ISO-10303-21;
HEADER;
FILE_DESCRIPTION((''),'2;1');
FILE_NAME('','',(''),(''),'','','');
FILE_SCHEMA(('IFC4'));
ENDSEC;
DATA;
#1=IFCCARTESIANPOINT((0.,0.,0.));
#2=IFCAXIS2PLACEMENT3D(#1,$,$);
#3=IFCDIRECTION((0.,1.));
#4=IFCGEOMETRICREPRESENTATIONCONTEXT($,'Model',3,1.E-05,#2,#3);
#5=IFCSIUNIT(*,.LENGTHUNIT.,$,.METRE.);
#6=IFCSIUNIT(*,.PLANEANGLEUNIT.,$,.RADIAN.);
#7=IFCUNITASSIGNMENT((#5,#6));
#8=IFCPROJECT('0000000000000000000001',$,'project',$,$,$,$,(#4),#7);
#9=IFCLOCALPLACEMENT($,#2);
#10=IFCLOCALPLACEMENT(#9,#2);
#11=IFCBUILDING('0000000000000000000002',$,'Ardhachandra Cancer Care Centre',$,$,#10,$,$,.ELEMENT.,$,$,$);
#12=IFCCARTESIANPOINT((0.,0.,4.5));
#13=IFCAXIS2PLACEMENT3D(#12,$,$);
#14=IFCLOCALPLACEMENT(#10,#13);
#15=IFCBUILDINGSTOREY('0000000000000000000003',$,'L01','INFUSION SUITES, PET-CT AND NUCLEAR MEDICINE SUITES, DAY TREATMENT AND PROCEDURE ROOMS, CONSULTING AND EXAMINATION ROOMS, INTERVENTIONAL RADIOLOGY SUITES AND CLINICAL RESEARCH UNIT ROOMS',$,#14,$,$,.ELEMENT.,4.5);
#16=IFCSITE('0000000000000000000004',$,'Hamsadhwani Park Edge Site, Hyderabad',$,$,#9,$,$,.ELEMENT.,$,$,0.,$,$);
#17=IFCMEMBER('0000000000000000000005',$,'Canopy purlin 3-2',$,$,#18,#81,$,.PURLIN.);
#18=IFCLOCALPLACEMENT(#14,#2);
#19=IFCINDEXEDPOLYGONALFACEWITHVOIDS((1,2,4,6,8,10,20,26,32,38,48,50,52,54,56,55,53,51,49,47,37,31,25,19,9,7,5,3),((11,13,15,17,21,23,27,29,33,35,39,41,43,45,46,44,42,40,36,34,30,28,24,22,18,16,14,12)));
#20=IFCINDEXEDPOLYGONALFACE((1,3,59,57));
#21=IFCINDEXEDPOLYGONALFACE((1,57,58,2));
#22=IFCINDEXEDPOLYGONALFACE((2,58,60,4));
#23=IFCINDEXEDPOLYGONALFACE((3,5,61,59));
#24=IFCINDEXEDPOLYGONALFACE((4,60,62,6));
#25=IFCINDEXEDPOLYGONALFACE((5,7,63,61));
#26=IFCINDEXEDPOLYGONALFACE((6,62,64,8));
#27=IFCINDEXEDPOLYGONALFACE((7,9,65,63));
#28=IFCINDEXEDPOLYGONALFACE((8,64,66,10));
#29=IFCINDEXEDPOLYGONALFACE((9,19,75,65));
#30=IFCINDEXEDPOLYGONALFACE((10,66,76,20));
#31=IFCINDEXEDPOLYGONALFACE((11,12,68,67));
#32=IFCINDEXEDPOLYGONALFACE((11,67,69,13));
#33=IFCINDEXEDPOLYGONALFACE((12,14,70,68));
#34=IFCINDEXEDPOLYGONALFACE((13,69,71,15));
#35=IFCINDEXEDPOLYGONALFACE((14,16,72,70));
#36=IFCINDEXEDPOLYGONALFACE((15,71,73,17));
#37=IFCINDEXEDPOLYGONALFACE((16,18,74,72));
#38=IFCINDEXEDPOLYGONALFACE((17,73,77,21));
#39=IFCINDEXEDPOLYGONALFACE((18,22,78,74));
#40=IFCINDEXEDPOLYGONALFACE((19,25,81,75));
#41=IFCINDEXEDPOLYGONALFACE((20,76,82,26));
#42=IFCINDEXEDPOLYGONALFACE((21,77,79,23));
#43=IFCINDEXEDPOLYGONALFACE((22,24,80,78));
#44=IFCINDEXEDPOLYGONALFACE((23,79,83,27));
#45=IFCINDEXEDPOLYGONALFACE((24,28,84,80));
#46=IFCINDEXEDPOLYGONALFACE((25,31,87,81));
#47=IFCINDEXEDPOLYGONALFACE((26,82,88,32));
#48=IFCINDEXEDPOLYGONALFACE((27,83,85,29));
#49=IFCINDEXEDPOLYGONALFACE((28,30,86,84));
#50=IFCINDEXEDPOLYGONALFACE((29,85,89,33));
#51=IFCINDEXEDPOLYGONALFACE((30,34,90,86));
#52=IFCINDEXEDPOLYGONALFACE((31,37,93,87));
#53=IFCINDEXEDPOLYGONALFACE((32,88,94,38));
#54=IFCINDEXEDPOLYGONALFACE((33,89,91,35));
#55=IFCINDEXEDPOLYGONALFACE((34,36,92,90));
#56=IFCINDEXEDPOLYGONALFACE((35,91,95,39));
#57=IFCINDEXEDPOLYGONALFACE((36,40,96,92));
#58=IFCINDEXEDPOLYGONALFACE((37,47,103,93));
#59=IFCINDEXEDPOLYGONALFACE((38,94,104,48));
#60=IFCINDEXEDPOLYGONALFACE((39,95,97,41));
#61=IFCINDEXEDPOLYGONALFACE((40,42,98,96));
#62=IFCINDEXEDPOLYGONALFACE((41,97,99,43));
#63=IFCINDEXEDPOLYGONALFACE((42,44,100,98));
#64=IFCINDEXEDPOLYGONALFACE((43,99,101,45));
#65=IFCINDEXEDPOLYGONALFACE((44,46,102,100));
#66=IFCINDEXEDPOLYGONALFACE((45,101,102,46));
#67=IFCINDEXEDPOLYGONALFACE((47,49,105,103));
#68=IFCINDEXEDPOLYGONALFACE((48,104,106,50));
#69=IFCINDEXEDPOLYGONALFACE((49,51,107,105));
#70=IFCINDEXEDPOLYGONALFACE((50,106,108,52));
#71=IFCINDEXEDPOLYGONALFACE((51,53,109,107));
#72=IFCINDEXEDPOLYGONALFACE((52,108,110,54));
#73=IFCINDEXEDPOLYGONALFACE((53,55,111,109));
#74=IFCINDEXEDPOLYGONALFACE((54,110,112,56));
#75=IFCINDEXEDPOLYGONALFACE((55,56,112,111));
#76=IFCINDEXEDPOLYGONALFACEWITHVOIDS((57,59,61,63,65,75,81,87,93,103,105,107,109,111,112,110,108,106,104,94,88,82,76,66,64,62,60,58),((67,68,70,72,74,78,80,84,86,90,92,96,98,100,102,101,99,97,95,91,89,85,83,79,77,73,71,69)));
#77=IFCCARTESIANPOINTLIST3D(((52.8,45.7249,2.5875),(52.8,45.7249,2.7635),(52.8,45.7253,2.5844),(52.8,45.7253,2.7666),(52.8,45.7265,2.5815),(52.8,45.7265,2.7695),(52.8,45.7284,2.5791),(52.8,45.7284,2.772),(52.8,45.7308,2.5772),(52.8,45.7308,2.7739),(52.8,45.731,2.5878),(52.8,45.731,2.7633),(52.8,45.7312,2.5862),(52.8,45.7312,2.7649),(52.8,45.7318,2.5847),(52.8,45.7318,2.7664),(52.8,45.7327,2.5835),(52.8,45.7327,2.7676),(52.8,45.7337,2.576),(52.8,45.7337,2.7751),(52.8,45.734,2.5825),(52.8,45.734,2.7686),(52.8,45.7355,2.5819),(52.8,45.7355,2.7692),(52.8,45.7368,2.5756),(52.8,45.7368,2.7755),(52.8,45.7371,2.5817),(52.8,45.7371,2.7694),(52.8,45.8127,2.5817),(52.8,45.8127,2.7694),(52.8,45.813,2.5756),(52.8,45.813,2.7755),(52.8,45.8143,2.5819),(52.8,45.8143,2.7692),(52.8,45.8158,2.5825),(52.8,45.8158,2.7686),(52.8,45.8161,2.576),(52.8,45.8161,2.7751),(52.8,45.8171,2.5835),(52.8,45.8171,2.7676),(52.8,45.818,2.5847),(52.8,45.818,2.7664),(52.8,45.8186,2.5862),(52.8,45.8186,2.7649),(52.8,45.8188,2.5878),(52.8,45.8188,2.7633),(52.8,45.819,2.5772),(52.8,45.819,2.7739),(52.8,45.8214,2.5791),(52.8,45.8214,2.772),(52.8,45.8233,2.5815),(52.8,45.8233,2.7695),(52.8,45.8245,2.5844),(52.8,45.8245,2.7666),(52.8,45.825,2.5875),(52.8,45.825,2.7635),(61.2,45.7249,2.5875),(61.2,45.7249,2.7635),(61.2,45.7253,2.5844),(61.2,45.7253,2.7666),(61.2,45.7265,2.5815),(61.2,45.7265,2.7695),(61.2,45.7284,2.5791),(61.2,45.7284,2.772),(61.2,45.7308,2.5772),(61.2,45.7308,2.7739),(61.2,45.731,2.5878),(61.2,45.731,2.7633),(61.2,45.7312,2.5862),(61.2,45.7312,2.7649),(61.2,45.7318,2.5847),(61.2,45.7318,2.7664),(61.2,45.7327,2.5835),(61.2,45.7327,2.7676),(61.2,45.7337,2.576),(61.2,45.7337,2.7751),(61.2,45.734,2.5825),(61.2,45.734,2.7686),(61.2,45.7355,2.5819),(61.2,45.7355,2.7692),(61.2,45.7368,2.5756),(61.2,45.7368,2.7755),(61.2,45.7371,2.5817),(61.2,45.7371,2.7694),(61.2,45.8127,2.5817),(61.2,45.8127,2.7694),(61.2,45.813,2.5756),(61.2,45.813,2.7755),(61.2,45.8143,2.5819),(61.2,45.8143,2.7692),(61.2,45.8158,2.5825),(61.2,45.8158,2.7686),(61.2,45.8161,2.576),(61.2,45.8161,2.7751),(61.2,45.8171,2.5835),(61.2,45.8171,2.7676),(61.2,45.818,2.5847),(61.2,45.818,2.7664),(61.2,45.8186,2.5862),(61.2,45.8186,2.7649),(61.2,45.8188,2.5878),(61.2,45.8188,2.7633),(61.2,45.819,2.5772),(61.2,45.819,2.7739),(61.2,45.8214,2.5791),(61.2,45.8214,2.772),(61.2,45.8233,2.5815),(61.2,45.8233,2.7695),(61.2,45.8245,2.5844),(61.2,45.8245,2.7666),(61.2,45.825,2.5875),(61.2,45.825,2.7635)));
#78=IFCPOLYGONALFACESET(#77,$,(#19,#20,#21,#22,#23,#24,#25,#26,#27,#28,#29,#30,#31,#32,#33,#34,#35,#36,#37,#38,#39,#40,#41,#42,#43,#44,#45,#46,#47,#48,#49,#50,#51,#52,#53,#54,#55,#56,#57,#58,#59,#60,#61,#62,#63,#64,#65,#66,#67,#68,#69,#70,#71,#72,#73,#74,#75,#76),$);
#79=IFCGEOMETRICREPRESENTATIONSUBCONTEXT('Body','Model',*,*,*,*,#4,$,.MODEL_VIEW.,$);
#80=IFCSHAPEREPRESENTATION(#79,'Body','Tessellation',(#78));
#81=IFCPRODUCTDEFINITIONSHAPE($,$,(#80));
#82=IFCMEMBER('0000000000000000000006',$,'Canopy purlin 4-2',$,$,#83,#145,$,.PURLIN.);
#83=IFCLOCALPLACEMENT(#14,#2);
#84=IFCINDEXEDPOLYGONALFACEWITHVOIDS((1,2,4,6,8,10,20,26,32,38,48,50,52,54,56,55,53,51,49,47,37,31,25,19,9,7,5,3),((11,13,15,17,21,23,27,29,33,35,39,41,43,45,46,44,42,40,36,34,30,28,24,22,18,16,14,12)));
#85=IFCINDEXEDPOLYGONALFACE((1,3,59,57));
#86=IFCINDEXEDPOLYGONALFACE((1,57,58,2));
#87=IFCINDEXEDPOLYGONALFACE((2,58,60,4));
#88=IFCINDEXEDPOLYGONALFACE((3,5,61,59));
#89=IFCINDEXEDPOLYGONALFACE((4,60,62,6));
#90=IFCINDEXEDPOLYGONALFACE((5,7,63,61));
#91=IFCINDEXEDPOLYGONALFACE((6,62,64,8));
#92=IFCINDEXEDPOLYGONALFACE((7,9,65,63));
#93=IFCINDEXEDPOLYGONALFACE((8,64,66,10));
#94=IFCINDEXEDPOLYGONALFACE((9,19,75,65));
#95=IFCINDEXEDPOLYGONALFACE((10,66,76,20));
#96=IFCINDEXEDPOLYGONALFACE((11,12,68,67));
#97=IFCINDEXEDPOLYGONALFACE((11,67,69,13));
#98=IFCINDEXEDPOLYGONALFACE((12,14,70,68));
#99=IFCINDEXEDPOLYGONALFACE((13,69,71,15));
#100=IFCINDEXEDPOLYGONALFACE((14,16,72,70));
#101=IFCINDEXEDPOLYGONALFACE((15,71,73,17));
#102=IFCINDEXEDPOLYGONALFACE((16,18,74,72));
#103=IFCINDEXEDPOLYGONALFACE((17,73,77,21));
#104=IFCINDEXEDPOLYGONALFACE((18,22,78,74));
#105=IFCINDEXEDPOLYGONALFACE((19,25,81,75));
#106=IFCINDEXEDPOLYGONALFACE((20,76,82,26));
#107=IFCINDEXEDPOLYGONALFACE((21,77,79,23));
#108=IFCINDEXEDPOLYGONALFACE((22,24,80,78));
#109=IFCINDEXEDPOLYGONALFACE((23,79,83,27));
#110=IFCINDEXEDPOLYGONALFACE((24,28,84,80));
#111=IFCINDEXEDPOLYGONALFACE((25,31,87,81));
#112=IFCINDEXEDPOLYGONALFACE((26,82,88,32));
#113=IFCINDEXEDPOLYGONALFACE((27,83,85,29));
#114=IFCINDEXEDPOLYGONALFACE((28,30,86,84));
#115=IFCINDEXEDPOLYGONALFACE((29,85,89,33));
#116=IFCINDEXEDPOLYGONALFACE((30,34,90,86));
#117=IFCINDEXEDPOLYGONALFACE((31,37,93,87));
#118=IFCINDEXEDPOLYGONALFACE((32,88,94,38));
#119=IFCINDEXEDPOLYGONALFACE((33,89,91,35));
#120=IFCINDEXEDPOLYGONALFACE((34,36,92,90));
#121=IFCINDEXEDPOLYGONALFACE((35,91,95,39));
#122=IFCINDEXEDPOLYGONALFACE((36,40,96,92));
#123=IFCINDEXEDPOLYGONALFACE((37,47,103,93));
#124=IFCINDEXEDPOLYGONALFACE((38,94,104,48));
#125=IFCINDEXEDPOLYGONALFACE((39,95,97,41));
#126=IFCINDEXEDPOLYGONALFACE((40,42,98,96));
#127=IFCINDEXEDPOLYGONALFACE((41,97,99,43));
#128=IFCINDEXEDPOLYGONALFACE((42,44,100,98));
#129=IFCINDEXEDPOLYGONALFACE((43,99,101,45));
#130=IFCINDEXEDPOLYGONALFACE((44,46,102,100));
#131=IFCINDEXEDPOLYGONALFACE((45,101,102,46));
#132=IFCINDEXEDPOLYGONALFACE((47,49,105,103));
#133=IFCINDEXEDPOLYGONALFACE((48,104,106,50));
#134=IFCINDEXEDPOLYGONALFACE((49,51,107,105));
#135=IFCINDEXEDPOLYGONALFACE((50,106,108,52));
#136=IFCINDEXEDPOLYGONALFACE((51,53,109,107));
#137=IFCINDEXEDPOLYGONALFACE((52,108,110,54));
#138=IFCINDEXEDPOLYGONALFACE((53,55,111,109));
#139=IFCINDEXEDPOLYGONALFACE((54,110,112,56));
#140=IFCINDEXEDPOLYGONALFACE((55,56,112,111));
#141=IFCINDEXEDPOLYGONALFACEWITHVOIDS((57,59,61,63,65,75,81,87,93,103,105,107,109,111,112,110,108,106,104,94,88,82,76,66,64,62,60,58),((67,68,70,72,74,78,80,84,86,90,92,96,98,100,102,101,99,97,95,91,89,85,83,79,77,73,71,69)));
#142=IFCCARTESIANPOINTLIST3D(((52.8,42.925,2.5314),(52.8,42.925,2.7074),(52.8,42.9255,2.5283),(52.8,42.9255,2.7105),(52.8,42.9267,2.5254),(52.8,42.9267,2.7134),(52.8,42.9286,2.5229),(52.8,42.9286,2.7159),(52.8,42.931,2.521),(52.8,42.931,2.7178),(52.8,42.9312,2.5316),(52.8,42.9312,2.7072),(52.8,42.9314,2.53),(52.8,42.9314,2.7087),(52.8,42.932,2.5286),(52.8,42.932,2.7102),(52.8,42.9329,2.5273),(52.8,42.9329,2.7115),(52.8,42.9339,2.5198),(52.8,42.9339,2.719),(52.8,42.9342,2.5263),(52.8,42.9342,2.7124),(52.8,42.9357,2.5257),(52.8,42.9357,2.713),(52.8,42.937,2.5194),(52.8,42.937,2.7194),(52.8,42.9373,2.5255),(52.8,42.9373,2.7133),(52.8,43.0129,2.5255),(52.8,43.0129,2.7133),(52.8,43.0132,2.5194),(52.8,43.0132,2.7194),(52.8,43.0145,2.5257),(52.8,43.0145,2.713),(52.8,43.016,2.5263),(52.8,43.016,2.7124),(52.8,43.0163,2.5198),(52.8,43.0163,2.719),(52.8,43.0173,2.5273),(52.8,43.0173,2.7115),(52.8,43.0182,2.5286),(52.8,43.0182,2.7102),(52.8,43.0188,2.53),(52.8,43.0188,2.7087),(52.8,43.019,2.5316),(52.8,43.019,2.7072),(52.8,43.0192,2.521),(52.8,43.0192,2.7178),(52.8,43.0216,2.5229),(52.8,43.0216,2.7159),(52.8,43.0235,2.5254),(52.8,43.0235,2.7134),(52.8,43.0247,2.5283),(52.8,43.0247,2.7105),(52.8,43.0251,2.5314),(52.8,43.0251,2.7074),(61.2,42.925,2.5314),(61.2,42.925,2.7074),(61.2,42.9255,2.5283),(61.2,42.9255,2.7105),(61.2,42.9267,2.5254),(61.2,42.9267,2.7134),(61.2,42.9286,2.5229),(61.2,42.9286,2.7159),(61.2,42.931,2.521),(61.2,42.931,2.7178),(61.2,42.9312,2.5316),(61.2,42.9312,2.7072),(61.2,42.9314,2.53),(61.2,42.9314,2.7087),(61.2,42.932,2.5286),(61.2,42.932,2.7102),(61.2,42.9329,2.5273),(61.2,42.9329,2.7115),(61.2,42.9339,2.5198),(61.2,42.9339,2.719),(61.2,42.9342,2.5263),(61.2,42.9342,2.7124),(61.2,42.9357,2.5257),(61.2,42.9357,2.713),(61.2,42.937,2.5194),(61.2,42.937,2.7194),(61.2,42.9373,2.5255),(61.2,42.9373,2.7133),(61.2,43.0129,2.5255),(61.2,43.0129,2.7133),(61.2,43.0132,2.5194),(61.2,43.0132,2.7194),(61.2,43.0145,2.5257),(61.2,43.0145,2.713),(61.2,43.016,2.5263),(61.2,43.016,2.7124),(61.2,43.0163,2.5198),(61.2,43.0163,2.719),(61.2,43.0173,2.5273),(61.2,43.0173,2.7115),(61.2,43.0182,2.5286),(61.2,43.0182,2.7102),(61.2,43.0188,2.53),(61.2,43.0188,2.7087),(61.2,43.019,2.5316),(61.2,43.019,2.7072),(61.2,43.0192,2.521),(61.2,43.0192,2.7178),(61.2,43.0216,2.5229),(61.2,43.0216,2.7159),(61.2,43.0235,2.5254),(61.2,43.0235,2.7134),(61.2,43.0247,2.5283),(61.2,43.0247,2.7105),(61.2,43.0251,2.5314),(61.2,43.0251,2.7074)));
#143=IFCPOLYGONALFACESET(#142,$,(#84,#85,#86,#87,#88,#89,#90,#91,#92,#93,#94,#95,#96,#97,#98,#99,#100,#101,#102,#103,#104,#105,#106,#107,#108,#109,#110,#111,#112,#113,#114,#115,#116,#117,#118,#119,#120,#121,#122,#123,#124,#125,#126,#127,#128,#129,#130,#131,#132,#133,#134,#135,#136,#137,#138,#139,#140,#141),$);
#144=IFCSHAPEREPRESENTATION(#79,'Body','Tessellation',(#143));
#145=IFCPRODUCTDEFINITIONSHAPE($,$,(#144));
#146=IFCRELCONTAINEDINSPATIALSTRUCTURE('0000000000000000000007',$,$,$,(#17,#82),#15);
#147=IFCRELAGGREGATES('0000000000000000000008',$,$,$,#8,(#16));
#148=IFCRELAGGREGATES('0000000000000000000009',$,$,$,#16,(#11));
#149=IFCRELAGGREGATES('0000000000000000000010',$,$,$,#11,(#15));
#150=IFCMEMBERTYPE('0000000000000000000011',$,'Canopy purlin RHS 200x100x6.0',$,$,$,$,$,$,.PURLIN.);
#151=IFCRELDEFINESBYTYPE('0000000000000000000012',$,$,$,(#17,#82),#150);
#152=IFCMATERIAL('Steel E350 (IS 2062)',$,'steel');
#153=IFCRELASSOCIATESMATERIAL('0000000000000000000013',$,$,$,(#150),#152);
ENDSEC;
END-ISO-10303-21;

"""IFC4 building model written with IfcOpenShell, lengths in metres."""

from ifc_helpers import new_model, si_unit, direction, frame, origin, origin_2d, place, context, subcontext, project, spatial, hollow_rectangle, extrude, material, material_profile, profile_set, type_object, element, save


model = new_model("IFC4")

# Units and contexts
model_context = context("Model", 3, precision=1e-05, world=origin(), true_north=direction((0.0, 1.0)))
body_context = subcontext(model_context, "Body", "Model", "MODEL_VIEW")
ifc_project = project(units=[si_unit("LENGTHUNIT", "METRE"), si_unit("PLANEANGLEUNIT", "RADIAN")], contexts=[model_context])

# Site, building, storey
site_placement = place(None, origin())
site = spatial("IfcSite", under=ifc_project, at=site_placement, Name="Hamsadhwani Park Edge Site, Hyderabad", CompositionType="ELEMENT", RefElevation=0.0)
building_placement = place(site_placement, origin())
building = spatial("IfcBuilding", under=site, at=building_placement, Name="Ardhachandra Cancer Care Centre", CompositionType="ELEMENT")
storey_placement = place(building_placement, frame((0.0, 0.0, 4.5)))
storey = spatial("IfcBuildingStorey", under=building, at=storey_placement, Name="L01", Description="INFUSION SUITES, PET-CT AND NUCLEAR MEDICINE SUITES, DAY TREATMENT AND PROCEDURE ROOMS, CONSULTING AND EXAMINATION ROOMS, INTERVENTIONAL RADIOLOGY SUITES AND CLINICAL RESEARCH UNIT ROOMS", CompositionType="ELEMENT", Elevation=4.5)

# Members
ifc_material_1 = material(Name="Steel E350 (IS 2062)", Category="steel")
ifc_material_profile_1 = material_profile(ifc_material_1, hollow_rectangle(XDim=0.1001, YDim=0.2, WallThickness=0.0061, InnerFilletRadius=0.0061, OuterFilletRadius=0.012, at=origin_2d()), Name="RHS 200x100x6.0")
ifc_profile_set_1 = profile_set([ifc_material_profile_1], Name="Steel E350 (IS 2062)")
member_type_1 = type_object("IfcMemberType", Name="Canopy purlin RHS 200x100x6.0", PredefinedType="PURLIN", material=ifc_profile_set_1)
for number, where, z_axis, x_axis, name in (
    (1, (52.8, 45.7749, 2.6755), (1.0, 0.0, 0.0), (0.0, 1.0, 0.0), "Canopy purlin 3-2"),
    (2, (52.8, 42.9751, 2.6194), (1.0, 0.0, 0.0), (0.0, 1.0, 0.0), "Canopy purlin 4-2"),
):
    element("IfcMember", number, at=place(storey_placement, frame(where, z_axis=z_axis, x_axis=x_axis)), inside=storey, type_object=member_type_1, Name=name, PredefinedType="PURLIN", context=body_context, shape_type="SweptSolid", body=[
        extrude(hollow_rectangle(XDim=0.1001, YDim=0.2, WallThickness=0.0061, InnerFilletRadius=0.0061, OuterFilletRadius=0.012, at=origin_2d()), origin(), (0.0, 0.0, 1.0), 8.3999),
    ])

save(model, "model.ifc")
